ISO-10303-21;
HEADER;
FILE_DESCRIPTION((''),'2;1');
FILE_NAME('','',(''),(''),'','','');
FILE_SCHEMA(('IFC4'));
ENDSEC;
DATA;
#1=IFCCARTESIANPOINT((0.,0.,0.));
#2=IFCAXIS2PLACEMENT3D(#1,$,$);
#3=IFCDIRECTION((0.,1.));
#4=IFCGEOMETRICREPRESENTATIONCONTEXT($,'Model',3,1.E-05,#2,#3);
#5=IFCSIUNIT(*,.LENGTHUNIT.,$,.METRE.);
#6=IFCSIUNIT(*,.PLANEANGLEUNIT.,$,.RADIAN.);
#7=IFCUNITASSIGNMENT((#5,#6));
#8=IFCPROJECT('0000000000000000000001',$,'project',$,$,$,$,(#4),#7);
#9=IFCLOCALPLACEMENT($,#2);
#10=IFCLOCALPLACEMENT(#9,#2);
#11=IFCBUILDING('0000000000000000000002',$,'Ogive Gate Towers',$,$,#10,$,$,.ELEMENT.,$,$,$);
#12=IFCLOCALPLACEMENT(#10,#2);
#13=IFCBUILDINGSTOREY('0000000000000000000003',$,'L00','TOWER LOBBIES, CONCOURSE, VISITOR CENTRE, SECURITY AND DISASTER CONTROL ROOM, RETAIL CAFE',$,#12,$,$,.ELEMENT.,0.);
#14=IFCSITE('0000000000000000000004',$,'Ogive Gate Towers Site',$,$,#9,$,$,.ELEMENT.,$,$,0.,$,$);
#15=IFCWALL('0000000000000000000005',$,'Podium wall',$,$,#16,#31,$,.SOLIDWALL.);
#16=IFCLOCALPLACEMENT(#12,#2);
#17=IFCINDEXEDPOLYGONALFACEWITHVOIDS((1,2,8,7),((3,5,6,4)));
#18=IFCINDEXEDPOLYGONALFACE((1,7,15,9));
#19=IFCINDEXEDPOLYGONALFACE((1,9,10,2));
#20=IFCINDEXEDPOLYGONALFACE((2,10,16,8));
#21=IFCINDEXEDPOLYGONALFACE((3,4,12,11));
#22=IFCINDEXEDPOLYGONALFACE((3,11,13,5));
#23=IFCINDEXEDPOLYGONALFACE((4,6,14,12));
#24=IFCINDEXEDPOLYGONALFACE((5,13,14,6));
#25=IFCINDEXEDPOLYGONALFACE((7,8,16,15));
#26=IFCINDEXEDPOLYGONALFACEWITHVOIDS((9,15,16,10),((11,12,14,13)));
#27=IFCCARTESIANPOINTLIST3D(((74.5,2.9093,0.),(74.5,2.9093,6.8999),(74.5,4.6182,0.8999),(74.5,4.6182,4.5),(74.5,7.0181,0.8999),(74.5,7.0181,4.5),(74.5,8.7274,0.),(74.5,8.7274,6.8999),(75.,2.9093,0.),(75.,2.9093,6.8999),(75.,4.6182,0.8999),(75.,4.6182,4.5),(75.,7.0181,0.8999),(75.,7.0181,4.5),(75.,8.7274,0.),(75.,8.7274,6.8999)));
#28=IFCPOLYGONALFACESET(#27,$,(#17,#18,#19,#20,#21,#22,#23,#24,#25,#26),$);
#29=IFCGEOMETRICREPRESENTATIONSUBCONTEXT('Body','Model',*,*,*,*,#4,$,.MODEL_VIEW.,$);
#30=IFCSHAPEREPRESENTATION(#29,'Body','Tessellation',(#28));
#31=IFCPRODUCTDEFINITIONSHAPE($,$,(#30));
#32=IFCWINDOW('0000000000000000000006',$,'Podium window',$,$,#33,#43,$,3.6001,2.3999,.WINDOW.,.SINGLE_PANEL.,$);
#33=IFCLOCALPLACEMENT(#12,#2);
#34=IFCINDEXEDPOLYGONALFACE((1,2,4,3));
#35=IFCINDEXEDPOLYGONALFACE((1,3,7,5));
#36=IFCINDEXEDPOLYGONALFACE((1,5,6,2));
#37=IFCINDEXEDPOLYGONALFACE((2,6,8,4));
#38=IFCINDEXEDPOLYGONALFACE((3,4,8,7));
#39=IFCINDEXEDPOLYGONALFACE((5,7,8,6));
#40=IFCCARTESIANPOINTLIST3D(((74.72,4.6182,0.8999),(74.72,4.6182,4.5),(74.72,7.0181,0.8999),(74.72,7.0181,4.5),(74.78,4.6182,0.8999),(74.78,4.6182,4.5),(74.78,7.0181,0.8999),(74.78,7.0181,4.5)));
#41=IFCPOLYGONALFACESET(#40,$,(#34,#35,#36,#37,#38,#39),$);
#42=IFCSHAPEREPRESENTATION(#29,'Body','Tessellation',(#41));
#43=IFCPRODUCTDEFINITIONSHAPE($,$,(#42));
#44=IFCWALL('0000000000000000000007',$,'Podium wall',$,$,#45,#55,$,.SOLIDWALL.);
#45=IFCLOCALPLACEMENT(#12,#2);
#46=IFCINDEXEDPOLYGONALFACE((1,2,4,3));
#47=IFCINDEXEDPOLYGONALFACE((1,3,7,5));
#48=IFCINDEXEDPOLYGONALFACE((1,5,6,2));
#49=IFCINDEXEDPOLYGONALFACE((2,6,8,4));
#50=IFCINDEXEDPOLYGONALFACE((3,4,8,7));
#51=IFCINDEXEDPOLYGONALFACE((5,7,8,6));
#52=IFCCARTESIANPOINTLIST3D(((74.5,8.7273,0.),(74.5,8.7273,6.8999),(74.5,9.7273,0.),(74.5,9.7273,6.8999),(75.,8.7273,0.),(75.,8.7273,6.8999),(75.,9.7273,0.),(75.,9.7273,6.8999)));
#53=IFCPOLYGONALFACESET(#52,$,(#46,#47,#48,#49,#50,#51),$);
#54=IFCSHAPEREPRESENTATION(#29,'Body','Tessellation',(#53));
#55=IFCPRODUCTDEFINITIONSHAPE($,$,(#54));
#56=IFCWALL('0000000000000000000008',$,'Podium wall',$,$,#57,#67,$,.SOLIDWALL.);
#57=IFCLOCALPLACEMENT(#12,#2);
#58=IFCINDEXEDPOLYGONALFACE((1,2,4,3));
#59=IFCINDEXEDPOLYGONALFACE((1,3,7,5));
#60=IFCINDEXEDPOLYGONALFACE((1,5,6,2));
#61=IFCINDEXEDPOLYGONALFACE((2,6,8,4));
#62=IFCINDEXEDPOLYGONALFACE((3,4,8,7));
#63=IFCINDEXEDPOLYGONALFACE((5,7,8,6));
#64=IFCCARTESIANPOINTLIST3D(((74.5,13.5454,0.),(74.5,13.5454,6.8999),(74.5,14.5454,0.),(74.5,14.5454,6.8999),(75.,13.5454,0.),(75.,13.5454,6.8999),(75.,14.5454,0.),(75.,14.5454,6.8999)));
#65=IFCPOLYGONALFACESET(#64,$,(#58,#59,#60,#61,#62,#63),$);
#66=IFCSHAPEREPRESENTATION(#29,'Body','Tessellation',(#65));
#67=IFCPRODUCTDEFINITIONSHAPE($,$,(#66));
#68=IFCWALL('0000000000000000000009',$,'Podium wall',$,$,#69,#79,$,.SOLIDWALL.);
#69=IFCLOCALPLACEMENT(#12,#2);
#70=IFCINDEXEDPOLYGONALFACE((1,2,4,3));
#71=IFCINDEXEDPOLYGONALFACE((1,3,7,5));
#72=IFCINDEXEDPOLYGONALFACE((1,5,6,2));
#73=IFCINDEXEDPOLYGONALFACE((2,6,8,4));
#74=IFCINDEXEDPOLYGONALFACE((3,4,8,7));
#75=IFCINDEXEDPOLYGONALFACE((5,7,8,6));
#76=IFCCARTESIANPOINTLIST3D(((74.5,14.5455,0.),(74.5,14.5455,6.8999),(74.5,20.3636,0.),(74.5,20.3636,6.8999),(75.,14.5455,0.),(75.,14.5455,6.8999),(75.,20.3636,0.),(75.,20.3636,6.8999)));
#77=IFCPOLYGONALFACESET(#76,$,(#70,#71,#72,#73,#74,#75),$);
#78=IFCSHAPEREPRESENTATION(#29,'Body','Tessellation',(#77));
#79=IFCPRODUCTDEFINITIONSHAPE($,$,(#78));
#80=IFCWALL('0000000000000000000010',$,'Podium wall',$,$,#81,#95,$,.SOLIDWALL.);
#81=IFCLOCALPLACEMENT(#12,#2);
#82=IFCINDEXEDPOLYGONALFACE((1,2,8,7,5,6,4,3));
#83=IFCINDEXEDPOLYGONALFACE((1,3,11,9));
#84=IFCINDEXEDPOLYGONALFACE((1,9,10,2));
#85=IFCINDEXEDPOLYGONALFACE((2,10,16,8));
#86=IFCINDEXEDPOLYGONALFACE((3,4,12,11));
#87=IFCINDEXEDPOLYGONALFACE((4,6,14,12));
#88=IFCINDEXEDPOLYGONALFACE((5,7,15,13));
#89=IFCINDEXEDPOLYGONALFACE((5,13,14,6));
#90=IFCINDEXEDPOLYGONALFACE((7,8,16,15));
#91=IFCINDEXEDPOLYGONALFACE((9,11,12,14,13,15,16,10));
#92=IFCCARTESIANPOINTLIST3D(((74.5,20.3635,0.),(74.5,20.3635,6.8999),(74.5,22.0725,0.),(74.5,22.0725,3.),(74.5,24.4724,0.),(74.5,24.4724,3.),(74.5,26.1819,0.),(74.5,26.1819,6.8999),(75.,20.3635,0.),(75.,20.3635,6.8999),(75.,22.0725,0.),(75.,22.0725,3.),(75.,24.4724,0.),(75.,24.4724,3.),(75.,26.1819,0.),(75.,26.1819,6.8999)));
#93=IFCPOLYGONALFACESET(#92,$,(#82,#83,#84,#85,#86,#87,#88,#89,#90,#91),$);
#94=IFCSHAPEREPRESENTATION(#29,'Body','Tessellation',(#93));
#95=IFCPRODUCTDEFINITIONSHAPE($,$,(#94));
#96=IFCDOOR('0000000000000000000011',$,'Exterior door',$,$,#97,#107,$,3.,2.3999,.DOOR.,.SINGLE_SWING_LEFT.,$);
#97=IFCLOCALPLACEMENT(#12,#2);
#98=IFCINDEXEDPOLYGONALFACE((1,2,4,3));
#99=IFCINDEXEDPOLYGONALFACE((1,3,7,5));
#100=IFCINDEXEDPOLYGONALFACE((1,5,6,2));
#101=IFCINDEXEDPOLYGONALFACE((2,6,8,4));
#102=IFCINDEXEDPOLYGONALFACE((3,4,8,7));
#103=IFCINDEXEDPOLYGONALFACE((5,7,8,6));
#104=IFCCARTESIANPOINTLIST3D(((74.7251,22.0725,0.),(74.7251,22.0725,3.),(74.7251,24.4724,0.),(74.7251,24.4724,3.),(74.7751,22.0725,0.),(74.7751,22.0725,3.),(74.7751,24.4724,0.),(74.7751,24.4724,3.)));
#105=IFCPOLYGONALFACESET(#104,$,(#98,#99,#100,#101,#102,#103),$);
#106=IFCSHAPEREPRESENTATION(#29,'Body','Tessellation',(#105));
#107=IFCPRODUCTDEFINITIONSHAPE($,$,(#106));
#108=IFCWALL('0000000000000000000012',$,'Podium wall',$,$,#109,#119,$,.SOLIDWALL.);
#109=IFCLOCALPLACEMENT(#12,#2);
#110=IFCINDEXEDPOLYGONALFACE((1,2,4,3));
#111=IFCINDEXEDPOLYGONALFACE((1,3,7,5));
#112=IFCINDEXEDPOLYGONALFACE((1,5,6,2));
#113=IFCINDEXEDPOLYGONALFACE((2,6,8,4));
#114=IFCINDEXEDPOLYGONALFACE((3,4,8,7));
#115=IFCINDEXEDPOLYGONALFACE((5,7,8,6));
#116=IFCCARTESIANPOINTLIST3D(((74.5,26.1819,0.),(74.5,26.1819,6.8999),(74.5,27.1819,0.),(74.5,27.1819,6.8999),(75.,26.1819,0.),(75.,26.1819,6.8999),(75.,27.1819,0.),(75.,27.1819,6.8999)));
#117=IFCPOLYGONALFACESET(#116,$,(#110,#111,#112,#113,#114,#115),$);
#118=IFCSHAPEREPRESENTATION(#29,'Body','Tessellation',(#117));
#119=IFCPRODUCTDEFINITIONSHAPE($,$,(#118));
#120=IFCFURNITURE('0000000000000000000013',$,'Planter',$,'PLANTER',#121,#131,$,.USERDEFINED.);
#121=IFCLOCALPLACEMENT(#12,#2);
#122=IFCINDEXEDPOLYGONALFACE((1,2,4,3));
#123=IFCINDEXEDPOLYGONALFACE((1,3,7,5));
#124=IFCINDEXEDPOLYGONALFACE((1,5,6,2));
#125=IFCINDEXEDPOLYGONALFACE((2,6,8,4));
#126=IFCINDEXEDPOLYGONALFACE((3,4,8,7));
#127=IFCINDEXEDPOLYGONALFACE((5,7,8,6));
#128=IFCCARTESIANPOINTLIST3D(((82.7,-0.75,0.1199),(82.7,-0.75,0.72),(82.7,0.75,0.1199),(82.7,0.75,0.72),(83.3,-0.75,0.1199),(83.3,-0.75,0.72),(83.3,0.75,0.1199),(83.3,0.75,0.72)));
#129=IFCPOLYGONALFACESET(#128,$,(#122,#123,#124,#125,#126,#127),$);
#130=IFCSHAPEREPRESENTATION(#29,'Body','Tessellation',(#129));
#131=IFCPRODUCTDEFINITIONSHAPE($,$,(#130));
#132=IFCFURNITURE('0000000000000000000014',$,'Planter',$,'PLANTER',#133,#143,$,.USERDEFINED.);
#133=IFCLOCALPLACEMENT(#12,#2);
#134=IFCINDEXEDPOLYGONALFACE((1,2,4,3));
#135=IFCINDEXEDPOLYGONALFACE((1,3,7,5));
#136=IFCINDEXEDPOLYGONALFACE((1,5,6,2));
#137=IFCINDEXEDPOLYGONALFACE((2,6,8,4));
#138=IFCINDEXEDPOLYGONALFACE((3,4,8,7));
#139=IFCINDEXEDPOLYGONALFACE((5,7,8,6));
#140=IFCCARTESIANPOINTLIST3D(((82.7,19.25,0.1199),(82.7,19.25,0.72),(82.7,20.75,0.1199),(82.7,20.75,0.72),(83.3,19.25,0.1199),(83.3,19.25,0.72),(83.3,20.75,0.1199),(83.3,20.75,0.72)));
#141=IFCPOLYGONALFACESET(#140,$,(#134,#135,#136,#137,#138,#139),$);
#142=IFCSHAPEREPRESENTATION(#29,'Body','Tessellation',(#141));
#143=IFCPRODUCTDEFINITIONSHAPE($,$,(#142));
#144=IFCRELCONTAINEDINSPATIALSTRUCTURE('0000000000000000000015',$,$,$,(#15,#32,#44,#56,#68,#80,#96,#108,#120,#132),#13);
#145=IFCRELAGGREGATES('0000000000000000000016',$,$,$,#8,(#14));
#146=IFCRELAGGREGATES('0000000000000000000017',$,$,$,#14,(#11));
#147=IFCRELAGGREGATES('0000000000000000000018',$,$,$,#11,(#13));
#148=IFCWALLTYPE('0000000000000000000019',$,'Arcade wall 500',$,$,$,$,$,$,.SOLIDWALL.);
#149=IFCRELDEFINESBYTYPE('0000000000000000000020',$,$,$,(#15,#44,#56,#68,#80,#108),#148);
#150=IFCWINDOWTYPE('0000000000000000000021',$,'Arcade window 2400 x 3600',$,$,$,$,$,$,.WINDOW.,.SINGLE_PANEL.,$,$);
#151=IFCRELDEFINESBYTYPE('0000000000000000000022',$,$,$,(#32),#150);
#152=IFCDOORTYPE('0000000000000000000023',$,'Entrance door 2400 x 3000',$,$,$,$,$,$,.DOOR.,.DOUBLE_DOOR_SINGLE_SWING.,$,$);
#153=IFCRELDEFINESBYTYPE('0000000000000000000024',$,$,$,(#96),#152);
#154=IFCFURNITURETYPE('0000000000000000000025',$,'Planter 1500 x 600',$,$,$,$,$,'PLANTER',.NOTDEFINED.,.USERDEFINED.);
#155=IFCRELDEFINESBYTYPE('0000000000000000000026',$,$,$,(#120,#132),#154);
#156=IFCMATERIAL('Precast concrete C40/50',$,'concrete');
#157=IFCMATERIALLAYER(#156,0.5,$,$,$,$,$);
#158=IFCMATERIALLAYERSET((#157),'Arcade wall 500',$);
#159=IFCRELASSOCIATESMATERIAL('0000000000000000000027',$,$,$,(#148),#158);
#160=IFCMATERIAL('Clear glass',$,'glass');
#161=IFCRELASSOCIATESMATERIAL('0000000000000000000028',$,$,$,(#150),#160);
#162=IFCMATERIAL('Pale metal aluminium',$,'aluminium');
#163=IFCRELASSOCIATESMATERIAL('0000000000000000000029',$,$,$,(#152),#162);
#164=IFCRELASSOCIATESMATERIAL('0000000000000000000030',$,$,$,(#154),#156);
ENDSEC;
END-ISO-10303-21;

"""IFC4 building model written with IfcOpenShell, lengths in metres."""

from ifc_helpers import new_model, si_unit, direction, frame, frame_2d, origin, origin_2d, place, context, subcontext, project, spatial, rectangle, extrude, material, layer, layer_set, type_object, element, fill, save


model = new_model("IFC4")

# Units and contexts
model_context = context("Model", 3, precision=1e-05, world=origin(), true_north=direction((0.0, 1.0)))
body_context = subcontext(model_context, "Body", "Model", "MODEL_VIEW")
ifc_project = project(units=[si_unit("LENGTHUNIT", "METRE"), si_unit("PLANEANGLEUNIT", "RADIAN")], contexts=[model_context])

# Site, building, storey
site_placement = place(None, origin())
site = spatial("IfcSite", under=ifc_project, at=site_placement, Name="Ogive Gate Towers Site", CompositionType="ELEMENT", RefElevation=0.0)
building_placement = place(site_placement, origin())
building = spatial("IfcBuilding", under=site, at=building_placement, Name="Ogive Gate Towers", CompositionType="ELEMENT")
storey_placement = place(building_placement, origin())
storey = spatial("IfcBuildingStorey", under=building, at=storey_placement, Name="L00", Description="TOWER LOBBIES, CONCOURSE, VISITOR CENTRE, SECURITY AND DISASTER CONTROL ROOM, RETAIL CAFE", CompositionType="ELEMENT", Elevation=0.0)

# Shared definitions
ifc_material_1 = material(Name="Precast concrete C40/50", Category="concrete")

# Shared definitions
ifc_material_2 = material(Name="Pale metal aluminium", Category="aluminium")
ifc_material_3 = material(Name="Clear glass", Category="glass")

# Wall, opening, window
ifc_layer_1 = layer(ifc_material_1, 0.5)
ifc_layer_set_1 = layer_set([ifc_layer_1], Name="Arcade wall 500")
wall_type = type_object("IfcWallType", Name="Arcade wall 500", PredefinedType="SOLIDWALL", material=ifc_layer_set_1)
wall_1_placement = place(storey_placement, frame((74.75, 2.9092, 0.0), z_axis=(0.0, 0.0, 1.0), x_axis=(0.0, 1.0, 0.0)))
wall_1 = element("IfcWall", 1, at=wall_1_placement, inside=storey, type_object=wall_type, Name="Podium wall", PredefinedType="SOLIDWALL", context=body_context, shape_type="SweptSolid", body=[
    extrude(rectangle(XDim=5.8181, YDim=0.5, at=frame_2d((2.9092, 0.0))), origin(), (0.0, 0.0, 1.0), 6.8999),
])
opening_1_placement = place(wall_1_placement, frame((1.709, 0.0, 0.8999)))
opening_1 = element("IfcOpeningElement", 2, at=opening_1_placement, cuts=wall_1, PredefinedType="OPENING", context=body_context, shape_type="SweptSolid", body=[
    extrude(rectangle(XDim=2.3999, YDim=3.6001, at=frame_2d((1.2, 1.8))), frame((0.0, 0.26, 0.0), z_axis=(0.0, -1.0, 0.0), x_axis=(1.0, 0.0, 0.0)), (0.0, 0.0, 1.0), 0.52),
])
window_type = type_object("IfcWindowType", Name="Arcade window 2400 x 3600", PartitioningType="SINGLE_PANEL", PredefinedType="WINDOW", material=ifc_material_3)
window_placement = place(opening_1_placement, origin())
window = element("IfcWindow", 3, at=window_placement, inside=storey, type_object=window_type, Name="Podium window", OverallHeight=3.6001, OverallWidth=2.3999, PartitioningType="SINGLE_PANEL", PredefinedType="WINDOW", context=body_context, shape_type="SweptSolid", body=[
    extrude(rectangle(XDim=2.3999, YDim=3.6001, at=frame_2d((1.2, 1.8))), frame((0.0, 0.03, 0.0), z_axis=(0.0, -1.0, 0.0), x_axis=(1.0, 0.0, 0.0)), (0.0, 0.0, 1.0), 0.0601),
])
fill(opening_1, window)

# Walls
for number, where, z_axis, x_axis, name in (
    (4, (74.75, 8.7273, 0.0), (0.0, 0.0, 1.0), (0.0, 1.0, 0.0), "Podium wall"),
    (5, (74.75, 13.5454, 0.0), (0.0, 0.0, 1.0), (0.0, 1.0, 0.0), "Podium wall"),
):
    element("IfcWall", number, at=place(storey_placement, frame(where, z_axis=z_axis, x_axis=x_axis)), inside=storey, type_object=wall_type, Name=name, PredefinedType="SOLIDWALL", context=body_context, shape_type="SweptSolid", body=[
        extrude(rectangle(XDim=1.0, YDim=0.5, at=frame_2d((0.5, 0.0))), origin(), (0.0, 0.0, 1.0), 6.8999),
    ])
wall_2_placement = place(storey_placement, frame((74.75, 14.5454, 0.0), z_axis=(0.0, 0.0, 1.0), x_axis=(0.0, 1.0, 0.0)))
element("IfcWall", 6, at=wall_2_placement, inside=storey, type_object=wall_type, Name="Podium wall", PredefinedType="SOLIDWALL", context=body_context, shape_type="SweptSolid", body=[
    extrude(rectangle(XDim=5.8181, YDim=0.5, at=frame_2d((2.9092, 0.0))), origin(), (0.0, 0.0, 1.0), 6.8999),
])

# Wall, opening, door
wall_3_placement = place(storey_placement, frame((74.75, 20.3635, 0.0), z_axis=(0.0, 0.0, 1.0), x_axis=(0.0, 1.0, 0.0)))
wall_3 = element("IfcWall", 7, at=wall_3_placement, inside=storey, type_object=wall_type, Name="Podium wall", PredefinedType="SOLIDWALL", context=body_context, shape_type="SweptSolid", body=[
    extrude(rectangle(XDim=5.8184, YDim=0.5, at=frame_2d((2.9092, 0.0))), origin(), (0.0, 0.0, 1.0), 6.8999),
])
opening_2_placement = place(wall_3_placement, frame((1.709, 0.0, 0.0)))
opening_2 = element("IfcOpeningElement", 8, at=opening_2_placement, cuts=wall_3, PredefinedType="OPENING", context=body_context, shape_type="SweptSolid", body=[
    extrude(rectangle(XDim=2.3999, YDim=3.0, at=frame_2d((1.2, 1.5))), frame((0.0, 0.26, 0.0), z_axis=(0.0, -1.0, 0.0), x_axis=(1.0, 0.0, 0.0)), (0.0, 0.0, 1.0), 0.52),
])
door_type = type_object("IfcDoorType", Name="Entrance door 2400 x 3000", OperationType="DOUBLE_DOOR_SINGLE_SWING", PredefinedType="DOOR", material=ifc_material_2)
door_placement = place(opening_2_placement, origin())
door = element("IfcDoor", 9, at=door_placement, inside=storey, type_object=door_type, Name="Exterior door", OperationType="SINGLE_SWING_LEFT", OverallHeight=3.0, OverallWidth=2.3999, PredefinedType="DOOR", context=body_context, shape_type="SweptSolid", body=[
    extrude(rectangle(XDim=2.3999, YDim=3.0, at=frame_2d((1.2, 1.5))), frame((0.0, 0.0249, 0.0), z_axis=(0.0, -1.0, 0.0), x_axis=(1.0, 0.0, 0.0)), (0.0, 0.0, 1.0), 0.05),
])
fill(opening_2, door)

# Wall
wall_4_placement = place(storey_placement, frame((74.75, 26.1819, 0.0), z_axis=(0.0, 0.0, 1.0), x_axis=(0.0, 1.0, 0.0)))
element("IfcWall", 10, at=wall_4_placement, inside=storey, type_object=wall_type, Name="Podium wall", PredefinedType="SOLIDWALL", context=body_context, shape_type="SweptSolid", body=[
    extrude(rectangle(XDim=1.0, YDim=0.5, at=frame_2d((0.5, 0.0))), origin(), (0.0, 0.0, 1.0), 6.8999),
])

# Furniture
furniture_type = type_object("IfcFurnitureType", Name="Planter 1500 x 600", ElementType="PLANTER", AssemblyPlace="NOTDEFINED", PredefinedType="USERDEFINED", material=ifc_material_1)
for number, where, z_axis, x_axis, name in (
    (11, (83.0, 0.0, 0.1199), (0.0, 0.0, 1.0), (0.0, 1.0, 0.0), "Planter"),
    (12, (83.0, 20.0, 0.1199), (0.0, 0.0, 1.0), (0.0, 1.0, 0.0), "Planter"),
):
    element("IfcFurniture", number, at=place(storey_placement, frame(where, z_axis=z_axis, x_axis=x_axis)), inside=storey, type_object=furniture_type, Name=name, ObjectType="PLANTER", PredefinedType="USERDEFINED", context=body_context, shape_type="SweptSolid", body=[
        extrude(rectangle(XDim=1.5, YDim=0.6001, at=origin_2d()), origin(), (0.0, 0.0, 1.0), 0.6001),
    ])

save(model, "model.ifc")
